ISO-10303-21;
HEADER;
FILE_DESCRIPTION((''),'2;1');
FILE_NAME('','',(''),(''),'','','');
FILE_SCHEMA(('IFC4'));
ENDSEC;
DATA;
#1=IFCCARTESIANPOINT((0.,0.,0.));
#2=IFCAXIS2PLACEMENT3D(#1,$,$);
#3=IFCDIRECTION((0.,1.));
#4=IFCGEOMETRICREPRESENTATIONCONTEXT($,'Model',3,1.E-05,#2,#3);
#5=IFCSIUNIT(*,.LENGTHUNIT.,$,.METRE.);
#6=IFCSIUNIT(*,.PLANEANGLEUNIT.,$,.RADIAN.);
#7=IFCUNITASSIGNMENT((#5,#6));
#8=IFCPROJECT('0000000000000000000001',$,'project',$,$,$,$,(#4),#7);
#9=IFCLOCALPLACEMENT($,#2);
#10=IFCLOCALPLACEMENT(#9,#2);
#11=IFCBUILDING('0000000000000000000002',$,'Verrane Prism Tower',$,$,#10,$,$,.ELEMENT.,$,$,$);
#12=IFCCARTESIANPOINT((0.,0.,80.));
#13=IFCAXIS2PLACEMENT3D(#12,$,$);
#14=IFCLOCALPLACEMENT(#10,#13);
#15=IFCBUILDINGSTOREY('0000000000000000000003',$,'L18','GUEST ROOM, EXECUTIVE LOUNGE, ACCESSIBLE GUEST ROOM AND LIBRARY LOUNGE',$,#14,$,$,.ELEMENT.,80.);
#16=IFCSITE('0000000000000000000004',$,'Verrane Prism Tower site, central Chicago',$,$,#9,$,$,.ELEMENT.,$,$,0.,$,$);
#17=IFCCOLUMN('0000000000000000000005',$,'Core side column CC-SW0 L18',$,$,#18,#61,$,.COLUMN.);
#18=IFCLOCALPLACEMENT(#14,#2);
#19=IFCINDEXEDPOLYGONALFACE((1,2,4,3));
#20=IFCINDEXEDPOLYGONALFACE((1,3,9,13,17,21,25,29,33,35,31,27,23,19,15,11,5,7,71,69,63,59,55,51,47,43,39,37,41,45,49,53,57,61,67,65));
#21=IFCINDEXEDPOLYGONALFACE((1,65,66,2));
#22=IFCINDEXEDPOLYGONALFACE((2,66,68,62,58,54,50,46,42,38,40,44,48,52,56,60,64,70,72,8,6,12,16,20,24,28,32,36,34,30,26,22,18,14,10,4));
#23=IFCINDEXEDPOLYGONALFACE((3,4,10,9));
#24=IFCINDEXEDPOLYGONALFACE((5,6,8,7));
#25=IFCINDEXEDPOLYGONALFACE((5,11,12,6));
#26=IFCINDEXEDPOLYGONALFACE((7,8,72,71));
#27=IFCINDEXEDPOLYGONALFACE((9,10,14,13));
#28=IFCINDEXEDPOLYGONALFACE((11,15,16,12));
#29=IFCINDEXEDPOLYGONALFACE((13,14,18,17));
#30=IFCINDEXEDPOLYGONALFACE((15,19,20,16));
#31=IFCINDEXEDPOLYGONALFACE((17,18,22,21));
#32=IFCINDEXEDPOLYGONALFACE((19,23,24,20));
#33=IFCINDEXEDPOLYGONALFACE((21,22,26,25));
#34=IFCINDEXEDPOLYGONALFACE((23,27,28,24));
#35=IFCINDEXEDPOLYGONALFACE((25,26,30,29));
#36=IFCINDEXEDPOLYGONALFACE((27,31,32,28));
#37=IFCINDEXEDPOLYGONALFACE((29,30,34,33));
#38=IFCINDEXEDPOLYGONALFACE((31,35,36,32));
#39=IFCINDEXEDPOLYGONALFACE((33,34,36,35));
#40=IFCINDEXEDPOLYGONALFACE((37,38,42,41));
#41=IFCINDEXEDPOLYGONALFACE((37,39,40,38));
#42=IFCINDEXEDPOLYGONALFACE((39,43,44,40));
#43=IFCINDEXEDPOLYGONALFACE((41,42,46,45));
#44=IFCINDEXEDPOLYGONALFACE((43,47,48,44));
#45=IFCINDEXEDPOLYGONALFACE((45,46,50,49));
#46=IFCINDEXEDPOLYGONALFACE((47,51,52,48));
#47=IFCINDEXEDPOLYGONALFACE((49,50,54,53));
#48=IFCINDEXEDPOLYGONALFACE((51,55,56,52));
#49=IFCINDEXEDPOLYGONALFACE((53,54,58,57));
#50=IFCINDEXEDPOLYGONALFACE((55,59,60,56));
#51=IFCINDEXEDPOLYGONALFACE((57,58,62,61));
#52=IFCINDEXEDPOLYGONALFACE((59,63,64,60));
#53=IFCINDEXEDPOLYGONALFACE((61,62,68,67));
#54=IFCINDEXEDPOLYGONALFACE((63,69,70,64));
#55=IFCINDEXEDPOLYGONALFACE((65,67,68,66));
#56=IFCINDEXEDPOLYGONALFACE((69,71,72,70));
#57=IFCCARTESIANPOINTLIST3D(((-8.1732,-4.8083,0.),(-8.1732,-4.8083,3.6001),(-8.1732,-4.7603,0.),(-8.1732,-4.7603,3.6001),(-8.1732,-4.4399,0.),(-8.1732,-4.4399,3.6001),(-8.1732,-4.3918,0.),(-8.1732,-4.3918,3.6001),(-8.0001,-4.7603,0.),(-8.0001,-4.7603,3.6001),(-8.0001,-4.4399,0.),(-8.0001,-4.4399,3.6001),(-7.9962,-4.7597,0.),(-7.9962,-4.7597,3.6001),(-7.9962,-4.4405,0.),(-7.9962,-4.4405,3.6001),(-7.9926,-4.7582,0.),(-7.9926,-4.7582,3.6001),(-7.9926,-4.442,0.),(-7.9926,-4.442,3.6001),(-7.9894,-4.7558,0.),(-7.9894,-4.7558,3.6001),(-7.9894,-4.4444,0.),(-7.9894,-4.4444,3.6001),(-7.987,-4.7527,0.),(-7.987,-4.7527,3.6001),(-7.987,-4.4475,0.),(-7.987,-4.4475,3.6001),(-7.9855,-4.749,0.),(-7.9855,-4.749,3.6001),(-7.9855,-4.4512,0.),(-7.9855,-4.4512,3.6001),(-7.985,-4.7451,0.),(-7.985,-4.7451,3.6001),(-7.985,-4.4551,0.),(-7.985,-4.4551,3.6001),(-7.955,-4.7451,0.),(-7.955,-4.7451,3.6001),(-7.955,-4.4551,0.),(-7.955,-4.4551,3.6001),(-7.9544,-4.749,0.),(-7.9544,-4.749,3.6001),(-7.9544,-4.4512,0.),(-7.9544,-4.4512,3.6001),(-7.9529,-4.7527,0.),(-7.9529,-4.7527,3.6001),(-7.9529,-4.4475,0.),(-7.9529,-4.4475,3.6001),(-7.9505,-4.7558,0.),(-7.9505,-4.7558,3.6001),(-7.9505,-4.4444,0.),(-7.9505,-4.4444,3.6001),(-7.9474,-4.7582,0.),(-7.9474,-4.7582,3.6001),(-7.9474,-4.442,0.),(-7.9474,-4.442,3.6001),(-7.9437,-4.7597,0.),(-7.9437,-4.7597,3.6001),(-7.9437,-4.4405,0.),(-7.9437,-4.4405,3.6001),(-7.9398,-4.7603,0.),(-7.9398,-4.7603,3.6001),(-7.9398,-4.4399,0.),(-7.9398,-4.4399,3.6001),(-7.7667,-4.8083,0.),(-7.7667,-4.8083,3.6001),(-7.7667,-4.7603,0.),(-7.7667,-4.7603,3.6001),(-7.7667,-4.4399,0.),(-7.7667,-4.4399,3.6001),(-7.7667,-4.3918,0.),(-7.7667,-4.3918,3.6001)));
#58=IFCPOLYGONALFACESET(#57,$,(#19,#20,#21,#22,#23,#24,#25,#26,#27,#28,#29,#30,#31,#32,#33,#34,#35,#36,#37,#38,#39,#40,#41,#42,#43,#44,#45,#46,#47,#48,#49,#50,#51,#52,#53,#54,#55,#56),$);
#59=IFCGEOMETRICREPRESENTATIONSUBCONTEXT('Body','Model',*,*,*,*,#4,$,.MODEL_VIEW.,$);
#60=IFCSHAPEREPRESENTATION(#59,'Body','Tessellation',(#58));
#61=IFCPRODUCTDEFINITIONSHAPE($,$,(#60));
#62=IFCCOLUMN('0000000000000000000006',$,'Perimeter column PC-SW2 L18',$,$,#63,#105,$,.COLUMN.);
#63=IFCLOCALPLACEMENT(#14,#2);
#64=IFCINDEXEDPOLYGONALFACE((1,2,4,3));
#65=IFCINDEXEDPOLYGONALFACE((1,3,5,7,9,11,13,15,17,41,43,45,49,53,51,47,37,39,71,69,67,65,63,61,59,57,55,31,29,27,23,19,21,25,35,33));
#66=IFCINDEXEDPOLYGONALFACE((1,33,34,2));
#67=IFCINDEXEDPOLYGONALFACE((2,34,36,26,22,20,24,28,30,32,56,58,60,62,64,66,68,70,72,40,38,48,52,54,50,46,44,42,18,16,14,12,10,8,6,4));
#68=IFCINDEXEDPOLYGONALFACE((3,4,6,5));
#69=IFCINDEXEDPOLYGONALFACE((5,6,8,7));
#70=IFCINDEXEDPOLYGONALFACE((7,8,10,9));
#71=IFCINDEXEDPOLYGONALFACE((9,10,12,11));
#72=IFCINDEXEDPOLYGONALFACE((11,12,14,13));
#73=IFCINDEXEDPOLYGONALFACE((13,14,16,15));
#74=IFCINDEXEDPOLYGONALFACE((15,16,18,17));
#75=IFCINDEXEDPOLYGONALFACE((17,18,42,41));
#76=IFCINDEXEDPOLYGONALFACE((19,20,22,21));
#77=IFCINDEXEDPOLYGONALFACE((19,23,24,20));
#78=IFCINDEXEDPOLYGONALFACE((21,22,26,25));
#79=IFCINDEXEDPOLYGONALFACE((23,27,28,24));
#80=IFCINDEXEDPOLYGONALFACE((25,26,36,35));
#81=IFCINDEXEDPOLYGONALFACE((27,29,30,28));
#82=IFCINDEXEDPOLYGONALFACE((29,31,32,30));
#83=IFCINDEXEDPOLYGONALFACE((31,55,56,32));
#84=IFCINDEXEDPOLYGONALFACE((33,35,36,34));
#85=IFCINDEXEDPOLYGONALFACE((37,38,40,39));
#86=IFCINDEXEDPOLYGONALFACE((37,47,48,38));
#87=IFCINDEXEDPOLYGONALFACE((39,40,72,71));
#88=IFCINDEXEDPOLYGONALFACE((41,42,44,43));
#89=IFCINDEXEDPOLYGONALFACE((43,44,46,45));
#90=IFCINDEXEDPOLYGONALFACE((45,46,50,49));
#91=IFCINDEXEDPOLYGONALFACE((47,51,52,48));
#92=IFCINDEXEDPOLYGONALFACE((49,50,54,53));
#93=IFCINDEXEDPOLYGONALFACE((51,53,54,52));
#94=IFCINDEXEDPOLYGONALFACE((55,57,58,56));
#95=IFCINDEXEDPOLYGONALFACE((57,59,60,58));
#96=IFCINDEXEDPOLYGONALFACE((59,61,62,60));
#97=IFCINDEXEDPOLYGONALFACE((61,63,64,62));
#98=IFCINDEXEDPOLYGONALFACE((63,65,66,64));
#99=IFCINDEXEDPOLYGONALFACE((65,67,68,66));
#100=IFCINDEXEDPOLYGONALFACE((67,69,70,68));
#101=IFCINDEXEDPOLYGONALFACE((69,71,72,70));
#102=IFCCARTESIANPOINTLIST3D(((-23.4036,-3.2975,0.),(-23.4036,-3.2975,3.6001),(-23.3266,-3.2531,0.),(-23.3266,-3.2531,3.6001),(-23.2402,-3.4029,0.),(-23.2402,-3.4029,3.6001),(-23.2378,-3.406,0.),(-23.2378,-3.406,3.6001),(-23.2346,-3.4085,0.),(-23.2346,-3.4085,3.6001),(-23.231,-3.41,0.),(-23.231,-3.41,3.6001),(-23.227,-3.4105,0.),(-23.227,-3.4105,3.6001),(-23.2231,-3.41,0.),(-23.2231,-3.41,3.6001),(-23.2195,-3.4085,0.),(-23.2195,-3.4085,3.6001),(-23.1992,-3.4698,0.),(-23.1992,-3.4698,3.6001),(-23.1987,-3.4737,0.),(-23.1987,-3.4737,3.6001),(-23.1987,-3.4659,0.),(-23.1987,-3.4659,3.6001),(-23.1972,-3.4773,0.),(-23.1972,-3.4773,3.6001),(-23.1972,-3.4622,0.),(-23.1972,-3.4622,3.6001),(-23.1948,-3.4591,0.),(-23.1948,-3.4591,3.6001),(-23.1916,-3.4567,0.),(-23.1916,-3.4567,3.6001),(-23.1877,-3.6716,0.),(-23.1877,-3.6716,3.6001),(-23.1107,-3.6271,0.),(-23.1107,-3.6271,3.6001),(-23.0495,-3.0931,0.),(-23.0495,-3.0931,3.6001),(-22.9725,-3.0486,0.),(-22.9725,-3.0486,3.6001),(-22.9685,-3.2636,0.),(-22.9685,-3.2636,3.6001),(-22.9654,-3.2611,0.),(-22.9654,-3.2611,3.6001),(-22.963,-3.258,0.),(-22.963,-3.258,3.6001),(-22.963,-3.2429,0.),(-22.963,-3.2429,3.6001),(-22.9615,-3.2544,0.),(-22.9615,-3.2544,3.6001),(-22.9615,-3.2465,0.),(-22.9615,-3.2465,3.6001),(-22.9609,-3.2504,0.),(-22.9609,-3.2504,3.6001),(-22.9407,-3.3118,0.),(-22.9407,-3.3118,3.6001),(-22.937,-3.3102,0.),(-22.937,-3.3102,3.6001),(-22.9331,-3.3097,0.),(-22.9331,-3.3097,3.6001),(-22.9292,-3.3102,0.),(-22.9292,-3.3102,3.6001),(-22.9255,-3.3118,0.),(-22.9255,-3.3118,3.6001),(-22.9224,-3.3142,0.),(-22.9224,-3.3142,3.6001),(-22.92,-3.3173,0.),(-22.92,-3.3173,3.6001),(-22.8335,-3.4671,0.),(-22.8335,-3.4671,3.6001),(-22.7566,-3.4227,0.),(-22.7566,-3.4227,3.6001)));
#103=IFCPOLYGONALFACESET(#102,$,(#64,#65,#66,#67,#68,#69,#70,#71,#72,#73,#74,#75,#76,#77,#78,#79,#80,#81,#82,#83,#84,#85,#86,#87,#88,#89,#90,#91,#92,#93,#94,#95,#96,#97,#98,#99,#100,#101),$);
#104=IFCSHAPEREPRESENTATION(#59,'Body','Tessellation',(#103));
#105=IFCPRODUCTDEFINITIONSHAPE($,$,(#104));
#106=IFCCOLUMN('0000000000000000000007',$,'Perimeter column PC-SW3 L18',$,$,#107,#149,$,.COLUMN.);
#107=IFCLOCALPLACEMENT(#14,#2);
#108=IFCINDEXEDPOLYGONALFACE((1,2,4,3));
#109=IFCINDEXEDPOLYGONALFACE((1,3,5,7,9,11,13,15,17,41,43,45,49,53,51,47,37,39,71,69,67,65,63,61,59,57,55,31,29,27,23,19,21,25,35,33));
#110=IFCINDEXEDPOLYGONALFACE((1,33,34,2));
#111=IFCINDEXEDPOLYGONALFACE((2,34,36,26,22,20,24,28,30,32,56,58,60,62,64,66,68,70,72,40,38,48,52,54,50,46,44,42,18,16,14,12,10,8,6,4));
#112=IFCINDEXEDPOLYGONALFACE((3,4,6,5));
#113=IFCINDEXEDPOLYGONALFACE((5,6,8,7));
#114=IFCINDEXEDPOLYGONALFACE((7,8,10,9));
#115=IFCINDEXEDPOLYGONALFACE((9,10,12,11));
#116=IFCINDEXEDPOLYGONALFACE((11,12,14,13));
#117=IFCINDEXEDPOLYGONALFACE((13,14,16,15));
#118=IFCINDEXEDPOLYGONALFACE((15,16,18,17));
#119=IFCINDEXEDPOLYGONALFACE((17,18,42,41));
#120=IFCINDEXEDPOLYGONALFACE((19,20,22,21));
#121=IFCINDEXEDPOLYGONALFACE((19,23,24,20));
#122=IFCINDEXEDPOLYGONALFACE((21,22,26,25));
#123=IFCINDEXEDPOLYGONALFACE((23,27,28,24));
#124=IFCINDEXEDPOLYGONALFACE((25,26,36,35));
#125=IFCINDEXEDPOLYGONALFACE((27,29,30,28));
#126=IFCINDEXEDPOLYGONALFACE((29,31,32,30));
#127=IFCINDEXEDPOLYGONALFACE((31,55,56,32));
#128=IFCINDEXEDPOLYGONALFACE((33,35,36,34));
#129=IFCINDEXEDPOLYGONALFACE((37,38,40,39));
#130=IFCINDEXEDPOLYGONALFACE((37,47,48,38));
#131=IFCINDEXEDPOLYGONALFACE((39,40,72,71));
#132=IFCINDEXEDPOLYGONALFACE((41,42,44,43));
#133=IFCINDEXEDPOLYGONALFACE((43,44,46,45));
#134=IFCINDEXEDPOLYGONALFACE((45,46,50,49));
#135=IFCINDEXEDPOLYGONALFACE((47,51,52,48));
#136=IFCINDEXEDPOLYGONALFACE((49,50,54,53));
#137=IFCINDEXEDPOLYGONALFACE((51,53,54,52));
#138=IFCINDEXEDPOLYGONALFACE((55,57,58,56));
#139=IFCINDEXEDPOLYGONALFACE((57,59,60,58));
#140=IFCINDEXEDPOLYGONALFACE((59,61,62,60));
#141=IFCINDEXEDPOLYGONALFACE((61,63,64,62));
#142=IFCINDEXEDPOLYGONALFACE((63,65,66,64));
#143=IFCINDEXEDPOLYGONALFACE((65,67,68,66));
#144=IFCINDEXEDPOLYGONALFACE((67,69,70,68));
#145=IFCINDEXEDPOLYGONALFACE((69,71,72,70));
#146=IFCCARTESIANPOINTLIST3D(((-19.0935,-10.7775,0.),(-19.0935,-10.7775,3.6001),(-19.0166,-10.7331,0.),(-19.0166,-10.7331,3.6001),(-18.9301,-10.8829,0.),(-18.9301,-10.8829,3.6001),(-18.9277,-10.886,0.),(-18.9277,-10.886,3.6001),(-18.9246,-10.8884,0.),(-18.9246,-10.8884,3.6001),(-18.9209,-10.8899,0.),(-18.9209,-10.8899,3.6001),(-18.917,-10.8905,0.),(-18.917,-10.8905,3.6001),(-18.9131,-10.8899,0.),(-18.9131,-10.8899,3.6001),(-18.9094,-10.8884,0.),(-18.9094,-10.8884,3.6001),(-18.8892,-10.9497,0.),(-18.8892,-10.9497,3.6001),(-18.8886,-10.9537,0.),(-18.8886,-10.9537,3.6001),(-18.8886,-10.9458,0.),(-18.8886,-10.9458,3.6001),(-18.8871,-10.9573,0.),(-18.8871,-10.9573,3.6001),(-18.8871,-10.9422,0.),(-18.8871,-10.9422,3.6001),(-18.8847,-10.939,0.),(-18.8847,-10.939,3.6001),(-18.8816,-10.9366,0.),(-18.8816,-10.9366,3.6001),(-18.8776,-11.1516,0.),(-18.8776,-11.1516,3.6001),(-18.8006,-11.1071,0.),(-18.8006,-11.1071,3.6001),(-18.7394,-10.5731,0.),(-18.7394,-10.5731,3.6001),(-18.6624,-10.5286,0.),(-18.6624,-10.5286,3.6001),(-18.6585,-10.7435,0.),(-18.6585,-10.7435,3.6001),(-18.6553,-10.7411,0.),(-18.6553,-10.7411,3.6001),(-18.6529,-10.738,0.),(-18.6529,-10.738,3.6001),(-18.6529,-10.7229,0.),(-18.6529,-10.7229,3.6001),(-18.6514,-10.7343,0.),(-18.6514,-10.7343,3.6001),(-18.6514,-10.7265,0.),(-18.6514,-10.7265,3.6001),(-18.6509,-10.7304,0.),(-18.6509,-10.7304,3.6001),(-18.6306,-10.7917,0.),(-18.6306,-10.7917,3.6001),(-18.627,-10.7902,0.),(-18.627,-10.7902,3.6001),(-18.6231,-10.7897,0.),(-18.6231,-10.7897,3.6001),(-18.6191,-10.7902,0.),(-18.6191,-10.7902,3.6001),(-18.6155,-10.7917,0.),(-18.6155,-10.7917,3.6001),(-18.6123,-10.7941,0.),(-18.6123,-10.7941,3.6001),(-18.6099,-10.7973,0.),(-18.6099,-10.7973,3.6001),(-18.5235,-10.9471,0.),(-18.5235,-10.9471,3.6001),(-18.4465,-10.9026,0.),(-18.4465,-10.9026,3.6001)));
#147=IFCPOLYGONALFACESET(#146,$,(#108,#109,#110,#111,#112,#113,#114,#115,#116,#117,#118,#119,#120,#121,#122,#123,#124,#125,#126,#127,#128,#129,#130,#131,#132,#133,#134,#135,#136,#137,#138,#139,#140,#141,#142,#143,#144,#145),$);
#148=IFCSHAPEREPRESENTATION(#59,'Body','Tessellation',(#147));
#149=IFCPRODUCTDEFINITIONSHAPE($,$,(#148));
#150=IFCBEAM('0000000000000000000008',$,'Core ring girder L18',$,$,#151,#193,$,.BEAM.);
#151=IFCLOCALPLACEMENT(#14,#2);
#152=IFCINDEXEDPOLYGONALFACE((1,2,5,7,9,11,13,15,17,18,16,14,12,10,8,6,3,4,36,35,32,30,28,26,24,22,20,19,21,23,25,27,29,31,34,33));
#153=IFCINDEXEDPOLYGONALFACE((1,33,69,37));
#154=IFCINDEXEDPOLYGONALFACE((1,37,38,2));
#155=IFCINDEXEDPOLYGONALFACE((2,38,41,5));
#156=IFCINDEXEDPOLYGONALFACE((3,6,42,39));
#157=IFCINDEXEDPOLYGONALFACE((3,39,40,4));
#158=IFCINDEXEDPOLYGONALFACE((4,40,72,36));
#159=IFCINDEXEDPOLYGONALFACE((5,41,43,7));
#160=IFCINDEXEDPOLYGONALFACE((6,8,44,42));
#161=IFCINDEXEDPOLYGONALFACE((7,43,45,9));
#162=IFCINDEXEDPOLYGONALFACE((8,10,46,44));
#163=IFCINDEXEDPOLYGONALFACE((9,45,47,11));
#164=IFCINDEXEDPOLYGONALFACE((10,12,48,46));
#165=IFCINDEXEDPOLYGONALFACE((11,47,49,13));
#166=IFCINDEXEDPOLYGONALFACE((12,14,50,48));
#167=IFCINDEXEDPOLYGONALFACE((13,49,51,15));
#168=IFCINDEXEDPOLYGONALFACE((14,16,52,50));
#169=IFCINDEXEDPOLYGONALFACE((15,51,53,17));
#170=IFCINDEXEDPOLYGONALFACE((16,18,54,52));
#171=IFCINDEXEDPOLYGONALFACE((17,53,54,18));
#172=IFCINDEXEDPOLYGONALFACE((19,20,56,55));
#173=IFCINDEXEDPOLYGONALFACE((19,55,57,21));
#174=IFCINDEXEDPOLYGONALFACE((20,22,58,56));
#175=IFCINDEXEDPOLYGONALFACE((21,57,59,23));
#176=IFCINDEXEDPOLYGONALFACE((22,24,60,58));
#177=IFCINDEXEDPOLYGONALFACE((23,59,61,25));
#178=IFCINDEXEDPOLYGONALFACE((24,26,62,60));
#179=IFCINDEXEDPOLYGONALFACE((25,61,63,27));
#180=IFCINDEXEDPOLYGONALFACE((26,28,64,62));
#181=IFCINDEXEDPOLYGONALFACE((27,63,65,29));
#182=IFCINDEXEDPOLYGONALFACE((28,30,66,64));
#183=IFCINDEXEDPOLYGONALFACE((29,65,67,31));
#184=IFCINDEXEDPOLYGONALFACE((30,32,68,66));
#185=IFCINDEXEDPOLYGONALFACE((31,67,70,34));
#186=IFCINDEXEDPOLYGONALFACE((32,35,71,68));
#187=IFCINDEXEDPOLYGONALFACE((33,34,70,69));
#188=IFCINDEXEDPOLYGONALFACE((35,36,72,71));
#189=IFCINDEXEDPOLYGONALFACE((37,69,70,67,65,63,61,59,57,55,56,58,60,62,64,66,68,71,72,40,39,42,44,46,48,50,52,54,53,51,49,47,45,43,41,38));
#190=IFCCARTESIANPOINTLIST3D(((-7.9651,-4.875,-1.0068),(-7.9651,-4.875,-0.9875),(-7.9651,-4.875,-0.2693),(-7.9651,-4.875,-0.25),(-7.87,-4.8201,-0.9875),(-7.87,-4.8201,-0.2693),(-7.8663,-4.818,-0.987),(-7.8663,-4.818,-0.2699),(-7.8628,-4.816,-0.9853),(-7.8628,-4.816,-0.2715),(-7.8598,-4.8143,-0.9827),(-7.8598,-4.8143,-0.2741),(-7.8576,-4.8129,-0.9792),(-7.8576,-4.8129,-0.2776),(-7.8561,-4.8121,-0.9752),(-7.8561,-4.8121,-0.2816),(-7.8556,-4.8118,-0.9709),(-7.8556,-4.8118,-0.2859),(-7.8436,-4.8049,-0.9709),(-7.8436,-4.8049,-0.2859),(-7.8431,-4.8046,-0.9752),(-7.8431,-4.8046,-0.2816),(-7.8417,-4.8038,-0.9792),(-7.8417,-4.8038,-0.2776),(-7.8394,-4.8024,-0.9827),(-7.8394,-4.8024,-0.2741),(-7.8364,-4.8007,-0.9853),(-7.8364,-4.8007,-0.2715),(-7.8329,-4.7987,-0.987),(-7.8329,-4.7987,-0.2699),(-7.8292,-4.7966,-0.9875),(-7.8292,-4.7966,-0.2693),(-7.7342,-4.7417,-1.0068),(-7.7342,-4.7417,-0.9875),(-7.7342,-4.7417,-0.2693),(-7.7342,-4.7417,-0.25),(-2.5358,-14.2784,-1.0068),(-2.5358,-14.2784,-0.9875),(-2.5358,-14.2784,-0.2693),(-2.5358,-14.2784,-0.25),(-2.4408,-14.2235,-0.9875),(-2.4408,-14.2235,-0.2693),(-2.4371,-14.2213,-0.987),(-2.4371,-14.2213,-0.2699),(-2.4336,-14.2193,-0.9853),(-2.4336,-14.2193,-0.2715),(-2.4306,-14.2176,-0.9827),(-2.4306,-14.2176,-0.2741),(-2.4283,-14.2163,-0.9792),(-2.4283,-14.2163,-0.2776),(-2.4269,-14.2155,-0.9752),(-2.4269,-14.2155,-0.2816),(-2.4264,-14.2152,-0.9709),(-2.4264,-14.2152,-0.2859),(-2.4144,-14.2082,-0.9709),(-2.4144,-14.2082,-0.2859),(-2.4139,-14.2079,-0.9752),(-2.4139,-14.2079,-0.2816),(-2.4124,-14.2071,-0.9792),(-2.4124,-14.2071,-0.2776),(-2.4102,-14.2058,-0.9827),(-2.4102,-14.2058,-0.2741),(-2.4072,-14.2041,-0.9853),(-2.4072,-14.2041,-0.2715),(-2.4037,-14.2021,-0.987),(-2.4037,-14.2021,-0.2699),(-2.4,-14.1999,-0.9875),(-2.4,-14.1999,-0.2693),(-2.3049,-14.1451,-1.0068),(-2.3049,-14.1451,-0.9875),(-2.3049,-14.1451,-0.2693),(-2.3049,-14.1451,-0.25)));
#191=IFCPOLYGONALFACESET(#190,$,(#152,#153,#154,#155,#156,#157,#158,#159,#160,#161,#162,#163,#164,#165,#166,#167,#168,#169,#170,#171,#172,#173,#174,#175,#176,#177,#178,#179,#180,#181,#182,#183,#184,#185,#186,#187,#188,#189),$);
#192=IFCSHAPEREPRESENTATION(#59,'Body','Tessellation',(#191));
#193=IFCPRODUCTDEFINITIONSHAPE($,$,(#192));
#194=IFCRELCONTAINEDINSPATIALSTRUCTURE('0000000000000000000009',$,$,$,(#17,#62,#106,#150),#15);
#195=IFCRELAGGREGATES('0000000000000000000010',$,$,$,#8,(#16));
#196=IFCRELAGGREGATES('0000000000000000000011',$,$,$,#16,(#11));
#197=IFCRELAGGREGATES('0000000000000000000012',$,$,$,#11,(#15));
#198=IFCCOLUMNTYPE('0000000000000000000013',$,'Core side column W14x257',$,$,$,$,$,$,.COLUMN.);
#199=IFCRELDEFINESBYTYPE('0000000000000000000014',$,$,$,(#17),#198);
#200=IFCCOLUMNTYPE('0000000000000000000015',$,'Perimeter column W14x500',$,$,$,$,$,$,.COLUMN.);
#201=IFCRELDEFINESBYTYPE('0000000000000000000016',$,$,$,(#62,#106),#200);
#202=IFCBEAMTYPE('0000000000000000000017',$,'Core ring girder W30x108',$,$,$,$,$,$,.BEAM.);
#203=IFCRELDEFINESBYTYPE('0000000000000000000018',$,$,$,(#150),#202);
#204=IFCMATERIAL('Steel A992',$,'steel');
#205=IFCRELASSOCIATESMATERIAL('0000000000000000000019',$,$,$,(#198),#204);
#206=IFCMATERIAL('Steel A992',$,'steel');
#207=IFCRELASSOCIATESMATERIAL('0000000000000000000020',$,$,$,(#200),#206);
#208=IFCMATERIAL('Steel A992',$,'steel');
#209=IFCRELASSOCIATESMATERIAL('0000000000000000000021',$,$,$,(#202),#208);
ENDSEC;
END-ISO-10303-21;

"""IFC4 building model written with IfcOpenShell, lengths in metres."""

from ifc_helpers import new_model, si_unit, direction, frame, origin, origin_2d, place, context, subcontext, project, spatial, i_section, extrude, material, material_profile, profile_set, type_object, element, save


model = new_model("IFC4")

# Units and contexts
model_context = context("Model", 3, precision=1e-05, world=origin(), true_north=direction((0.0, 1.0)))
body_context = subcontext(model_context, "Body", "Model", "MODEL_VIEW")
ifc_project = project(units=[si_unit("LENGTHUNIT", "METRE"), si_unit("PLANEANGLEUNIT", "RADIAN")], contexts=[model_context])

# Site, building, storey
site_placement = place(None, origin())
site = spatial("IfcSite", under=ifc_project, at=site_placement, Name="Verrane Prism Tower site, central Chicago", CompositionType="ELEMENT", RefElevation=0.0)
building_placement = place(site_placement, origin())
building = spatial("IfcBuilding", under=site, at=building_placement, Name="Verrane Prism Tower", CompositionType="ELEMENT")
storey_placement = place(building_placement, frame((0.0, 0.0, 80.0)))
storey = spatial("IfcBuildingStorey", under=building, at=storey_placement, Name="L18", Description="GUEST ROOM, EXECUTIVE LOUNGE, ACCESSIBLE GUEST ROOM AND LIBRARY LOUNGE", CompositionType="ELEMENT", Elevation=80.0)

# Columns
ifc_material_1 = material(Name="Steel A992", Category="steel")
ifc_material_profile_1 = material_profile(ifc_material_1, i_section(OverallWidth=0.4065, OverallDepth=0.4165, WebThickness=0.03, FlangeThickness=0.0481, FilletRadius=0.0151, at=origin_2d()), Name="W14x257")
ifc_profile_set_1 = profile_set([ifc_material_profile_1], Name="Steel A992")
column_type_1 = type_object("IfcColumnType", Name="Core side column W14x257", PredefinedType="COLUMN", material=ifc_profile_set_1)
column_placement = place(storey_placement, frame((-7.97, -4.6001, 0.0), z_axis=(0.0, 0.0, 1.0), x_axis=(1.0, 0.0, 0.0)))
element("IfcColumn", 1, at=column_placement, inside=storey, type_object=column_type_1, Name="Core side column CC-SW0 L18", PredefinedType="COLUMN", context=body_context, shape_type="SweptSolid", body=[
    extrude(i_section(OverallWidth=0.4065, OverallDepth=0.4165, WebThickness=0.03, FlangeThickness=0.0481, FilletRadius=0.0151, at=origin_2d()), origin(), (0.0, 0.0, 1.0), 3.6001),
])
ifc_material_2 = material(Name="Steel A992", Category="steel")
ifc_material_profile_2 = material_profile(ifc_material_2, i_section(OverallWidth=0.4319, OverallDepth=0.4978, WebThickness=0.0557, FlangeThickness=0.0889, FilletRadius=0.0151, at=origin_2d()), Name="W14x500")
ifc_profile_set_2 = profile_set([ifc_material_profile_2], Name="Steel A992")
column_type_2 = type_object("IfcColumnType", Name="Perimeter column W14x500", PredefinedType="COLUMN", material=ifc_profile_set_2)
for number, where, z_axis, x_axis, name in (
    (2, (-23.0801, -3.3601, 0.0), (0.0, 0.0, 1.0), (-0.5, 0.866025, 0.0), "Perimeter column PC-SW2 L18"),
    (3, (-18.77, -10.8401, 0.0), (0.0, 0.0, 1.0), (-0.5, 0.866025, 0.0), "Perimeter column PC-SW3 L18"),
):
    element("IfcColumn", number, at=place(storey_placement, frame(where, z_axis=z_axis, x_axis=x_axis)), inside=storey, type_object=column_type_2, Name=name, PredefinedType="COLUMN", context=body_context, shape_type="SweptSolid", body=[
        extrude(i_section(OverallWidth=0.4319, OverallDepth=0.4978, WebThickness=0.0557, FlangeThickness=0.0889, FilletRadius=0.0151, at=origin_2d()), origin(), (0.0, 0.0, 1.0), 3.6001),
    ])

# Beam
ifc_material_3 = material(Name="Steel A992", Category="steel")
ifc_material_profile_3 = material_profile(ifc_material_3, i_section(OverallWidth=0.2666, OverallDepth=0.7568, WebThickness=0.0139, FlangeThickness=0.0193, FilletRadius=0.0166, at=origin_2d()), Name="W30x108")
ifc_profile_set_3 = profile_set([ifc_material_profile_3], Name="Steel A992")
beam_type_1 = type_object("IfcBeamType", Name="Core ring girder W30x108", PredefinedType="BEAM", material=ifc_profile_set_3)
beam_1_placement = place(storey_placement, frame((-7.8496, -4.8083, -0.6284), z_axis=(0.500013, -0.866018, 0.0), x_axis=(0.866018, 0.500013, 0.0)))
element("IfcBeam", 4, at=beam_1_placement, inside=storey, type_object=beam_type_1, Name="Core ring girder L18", PredefinedType="BEAM", context=body_context, shape_type="SweptSolid", body=[
    extrude(i_section(OverallWidth=0.2666, OverallDepth=0.7568, WebThickness=0.0139, FlangeThickness=0.0193, FilletRadius=0.0166, at=origin_2d()), origin(), (0.0, 0.0, 1.0), 10.8582),
])

save(model, "model.ifc")
